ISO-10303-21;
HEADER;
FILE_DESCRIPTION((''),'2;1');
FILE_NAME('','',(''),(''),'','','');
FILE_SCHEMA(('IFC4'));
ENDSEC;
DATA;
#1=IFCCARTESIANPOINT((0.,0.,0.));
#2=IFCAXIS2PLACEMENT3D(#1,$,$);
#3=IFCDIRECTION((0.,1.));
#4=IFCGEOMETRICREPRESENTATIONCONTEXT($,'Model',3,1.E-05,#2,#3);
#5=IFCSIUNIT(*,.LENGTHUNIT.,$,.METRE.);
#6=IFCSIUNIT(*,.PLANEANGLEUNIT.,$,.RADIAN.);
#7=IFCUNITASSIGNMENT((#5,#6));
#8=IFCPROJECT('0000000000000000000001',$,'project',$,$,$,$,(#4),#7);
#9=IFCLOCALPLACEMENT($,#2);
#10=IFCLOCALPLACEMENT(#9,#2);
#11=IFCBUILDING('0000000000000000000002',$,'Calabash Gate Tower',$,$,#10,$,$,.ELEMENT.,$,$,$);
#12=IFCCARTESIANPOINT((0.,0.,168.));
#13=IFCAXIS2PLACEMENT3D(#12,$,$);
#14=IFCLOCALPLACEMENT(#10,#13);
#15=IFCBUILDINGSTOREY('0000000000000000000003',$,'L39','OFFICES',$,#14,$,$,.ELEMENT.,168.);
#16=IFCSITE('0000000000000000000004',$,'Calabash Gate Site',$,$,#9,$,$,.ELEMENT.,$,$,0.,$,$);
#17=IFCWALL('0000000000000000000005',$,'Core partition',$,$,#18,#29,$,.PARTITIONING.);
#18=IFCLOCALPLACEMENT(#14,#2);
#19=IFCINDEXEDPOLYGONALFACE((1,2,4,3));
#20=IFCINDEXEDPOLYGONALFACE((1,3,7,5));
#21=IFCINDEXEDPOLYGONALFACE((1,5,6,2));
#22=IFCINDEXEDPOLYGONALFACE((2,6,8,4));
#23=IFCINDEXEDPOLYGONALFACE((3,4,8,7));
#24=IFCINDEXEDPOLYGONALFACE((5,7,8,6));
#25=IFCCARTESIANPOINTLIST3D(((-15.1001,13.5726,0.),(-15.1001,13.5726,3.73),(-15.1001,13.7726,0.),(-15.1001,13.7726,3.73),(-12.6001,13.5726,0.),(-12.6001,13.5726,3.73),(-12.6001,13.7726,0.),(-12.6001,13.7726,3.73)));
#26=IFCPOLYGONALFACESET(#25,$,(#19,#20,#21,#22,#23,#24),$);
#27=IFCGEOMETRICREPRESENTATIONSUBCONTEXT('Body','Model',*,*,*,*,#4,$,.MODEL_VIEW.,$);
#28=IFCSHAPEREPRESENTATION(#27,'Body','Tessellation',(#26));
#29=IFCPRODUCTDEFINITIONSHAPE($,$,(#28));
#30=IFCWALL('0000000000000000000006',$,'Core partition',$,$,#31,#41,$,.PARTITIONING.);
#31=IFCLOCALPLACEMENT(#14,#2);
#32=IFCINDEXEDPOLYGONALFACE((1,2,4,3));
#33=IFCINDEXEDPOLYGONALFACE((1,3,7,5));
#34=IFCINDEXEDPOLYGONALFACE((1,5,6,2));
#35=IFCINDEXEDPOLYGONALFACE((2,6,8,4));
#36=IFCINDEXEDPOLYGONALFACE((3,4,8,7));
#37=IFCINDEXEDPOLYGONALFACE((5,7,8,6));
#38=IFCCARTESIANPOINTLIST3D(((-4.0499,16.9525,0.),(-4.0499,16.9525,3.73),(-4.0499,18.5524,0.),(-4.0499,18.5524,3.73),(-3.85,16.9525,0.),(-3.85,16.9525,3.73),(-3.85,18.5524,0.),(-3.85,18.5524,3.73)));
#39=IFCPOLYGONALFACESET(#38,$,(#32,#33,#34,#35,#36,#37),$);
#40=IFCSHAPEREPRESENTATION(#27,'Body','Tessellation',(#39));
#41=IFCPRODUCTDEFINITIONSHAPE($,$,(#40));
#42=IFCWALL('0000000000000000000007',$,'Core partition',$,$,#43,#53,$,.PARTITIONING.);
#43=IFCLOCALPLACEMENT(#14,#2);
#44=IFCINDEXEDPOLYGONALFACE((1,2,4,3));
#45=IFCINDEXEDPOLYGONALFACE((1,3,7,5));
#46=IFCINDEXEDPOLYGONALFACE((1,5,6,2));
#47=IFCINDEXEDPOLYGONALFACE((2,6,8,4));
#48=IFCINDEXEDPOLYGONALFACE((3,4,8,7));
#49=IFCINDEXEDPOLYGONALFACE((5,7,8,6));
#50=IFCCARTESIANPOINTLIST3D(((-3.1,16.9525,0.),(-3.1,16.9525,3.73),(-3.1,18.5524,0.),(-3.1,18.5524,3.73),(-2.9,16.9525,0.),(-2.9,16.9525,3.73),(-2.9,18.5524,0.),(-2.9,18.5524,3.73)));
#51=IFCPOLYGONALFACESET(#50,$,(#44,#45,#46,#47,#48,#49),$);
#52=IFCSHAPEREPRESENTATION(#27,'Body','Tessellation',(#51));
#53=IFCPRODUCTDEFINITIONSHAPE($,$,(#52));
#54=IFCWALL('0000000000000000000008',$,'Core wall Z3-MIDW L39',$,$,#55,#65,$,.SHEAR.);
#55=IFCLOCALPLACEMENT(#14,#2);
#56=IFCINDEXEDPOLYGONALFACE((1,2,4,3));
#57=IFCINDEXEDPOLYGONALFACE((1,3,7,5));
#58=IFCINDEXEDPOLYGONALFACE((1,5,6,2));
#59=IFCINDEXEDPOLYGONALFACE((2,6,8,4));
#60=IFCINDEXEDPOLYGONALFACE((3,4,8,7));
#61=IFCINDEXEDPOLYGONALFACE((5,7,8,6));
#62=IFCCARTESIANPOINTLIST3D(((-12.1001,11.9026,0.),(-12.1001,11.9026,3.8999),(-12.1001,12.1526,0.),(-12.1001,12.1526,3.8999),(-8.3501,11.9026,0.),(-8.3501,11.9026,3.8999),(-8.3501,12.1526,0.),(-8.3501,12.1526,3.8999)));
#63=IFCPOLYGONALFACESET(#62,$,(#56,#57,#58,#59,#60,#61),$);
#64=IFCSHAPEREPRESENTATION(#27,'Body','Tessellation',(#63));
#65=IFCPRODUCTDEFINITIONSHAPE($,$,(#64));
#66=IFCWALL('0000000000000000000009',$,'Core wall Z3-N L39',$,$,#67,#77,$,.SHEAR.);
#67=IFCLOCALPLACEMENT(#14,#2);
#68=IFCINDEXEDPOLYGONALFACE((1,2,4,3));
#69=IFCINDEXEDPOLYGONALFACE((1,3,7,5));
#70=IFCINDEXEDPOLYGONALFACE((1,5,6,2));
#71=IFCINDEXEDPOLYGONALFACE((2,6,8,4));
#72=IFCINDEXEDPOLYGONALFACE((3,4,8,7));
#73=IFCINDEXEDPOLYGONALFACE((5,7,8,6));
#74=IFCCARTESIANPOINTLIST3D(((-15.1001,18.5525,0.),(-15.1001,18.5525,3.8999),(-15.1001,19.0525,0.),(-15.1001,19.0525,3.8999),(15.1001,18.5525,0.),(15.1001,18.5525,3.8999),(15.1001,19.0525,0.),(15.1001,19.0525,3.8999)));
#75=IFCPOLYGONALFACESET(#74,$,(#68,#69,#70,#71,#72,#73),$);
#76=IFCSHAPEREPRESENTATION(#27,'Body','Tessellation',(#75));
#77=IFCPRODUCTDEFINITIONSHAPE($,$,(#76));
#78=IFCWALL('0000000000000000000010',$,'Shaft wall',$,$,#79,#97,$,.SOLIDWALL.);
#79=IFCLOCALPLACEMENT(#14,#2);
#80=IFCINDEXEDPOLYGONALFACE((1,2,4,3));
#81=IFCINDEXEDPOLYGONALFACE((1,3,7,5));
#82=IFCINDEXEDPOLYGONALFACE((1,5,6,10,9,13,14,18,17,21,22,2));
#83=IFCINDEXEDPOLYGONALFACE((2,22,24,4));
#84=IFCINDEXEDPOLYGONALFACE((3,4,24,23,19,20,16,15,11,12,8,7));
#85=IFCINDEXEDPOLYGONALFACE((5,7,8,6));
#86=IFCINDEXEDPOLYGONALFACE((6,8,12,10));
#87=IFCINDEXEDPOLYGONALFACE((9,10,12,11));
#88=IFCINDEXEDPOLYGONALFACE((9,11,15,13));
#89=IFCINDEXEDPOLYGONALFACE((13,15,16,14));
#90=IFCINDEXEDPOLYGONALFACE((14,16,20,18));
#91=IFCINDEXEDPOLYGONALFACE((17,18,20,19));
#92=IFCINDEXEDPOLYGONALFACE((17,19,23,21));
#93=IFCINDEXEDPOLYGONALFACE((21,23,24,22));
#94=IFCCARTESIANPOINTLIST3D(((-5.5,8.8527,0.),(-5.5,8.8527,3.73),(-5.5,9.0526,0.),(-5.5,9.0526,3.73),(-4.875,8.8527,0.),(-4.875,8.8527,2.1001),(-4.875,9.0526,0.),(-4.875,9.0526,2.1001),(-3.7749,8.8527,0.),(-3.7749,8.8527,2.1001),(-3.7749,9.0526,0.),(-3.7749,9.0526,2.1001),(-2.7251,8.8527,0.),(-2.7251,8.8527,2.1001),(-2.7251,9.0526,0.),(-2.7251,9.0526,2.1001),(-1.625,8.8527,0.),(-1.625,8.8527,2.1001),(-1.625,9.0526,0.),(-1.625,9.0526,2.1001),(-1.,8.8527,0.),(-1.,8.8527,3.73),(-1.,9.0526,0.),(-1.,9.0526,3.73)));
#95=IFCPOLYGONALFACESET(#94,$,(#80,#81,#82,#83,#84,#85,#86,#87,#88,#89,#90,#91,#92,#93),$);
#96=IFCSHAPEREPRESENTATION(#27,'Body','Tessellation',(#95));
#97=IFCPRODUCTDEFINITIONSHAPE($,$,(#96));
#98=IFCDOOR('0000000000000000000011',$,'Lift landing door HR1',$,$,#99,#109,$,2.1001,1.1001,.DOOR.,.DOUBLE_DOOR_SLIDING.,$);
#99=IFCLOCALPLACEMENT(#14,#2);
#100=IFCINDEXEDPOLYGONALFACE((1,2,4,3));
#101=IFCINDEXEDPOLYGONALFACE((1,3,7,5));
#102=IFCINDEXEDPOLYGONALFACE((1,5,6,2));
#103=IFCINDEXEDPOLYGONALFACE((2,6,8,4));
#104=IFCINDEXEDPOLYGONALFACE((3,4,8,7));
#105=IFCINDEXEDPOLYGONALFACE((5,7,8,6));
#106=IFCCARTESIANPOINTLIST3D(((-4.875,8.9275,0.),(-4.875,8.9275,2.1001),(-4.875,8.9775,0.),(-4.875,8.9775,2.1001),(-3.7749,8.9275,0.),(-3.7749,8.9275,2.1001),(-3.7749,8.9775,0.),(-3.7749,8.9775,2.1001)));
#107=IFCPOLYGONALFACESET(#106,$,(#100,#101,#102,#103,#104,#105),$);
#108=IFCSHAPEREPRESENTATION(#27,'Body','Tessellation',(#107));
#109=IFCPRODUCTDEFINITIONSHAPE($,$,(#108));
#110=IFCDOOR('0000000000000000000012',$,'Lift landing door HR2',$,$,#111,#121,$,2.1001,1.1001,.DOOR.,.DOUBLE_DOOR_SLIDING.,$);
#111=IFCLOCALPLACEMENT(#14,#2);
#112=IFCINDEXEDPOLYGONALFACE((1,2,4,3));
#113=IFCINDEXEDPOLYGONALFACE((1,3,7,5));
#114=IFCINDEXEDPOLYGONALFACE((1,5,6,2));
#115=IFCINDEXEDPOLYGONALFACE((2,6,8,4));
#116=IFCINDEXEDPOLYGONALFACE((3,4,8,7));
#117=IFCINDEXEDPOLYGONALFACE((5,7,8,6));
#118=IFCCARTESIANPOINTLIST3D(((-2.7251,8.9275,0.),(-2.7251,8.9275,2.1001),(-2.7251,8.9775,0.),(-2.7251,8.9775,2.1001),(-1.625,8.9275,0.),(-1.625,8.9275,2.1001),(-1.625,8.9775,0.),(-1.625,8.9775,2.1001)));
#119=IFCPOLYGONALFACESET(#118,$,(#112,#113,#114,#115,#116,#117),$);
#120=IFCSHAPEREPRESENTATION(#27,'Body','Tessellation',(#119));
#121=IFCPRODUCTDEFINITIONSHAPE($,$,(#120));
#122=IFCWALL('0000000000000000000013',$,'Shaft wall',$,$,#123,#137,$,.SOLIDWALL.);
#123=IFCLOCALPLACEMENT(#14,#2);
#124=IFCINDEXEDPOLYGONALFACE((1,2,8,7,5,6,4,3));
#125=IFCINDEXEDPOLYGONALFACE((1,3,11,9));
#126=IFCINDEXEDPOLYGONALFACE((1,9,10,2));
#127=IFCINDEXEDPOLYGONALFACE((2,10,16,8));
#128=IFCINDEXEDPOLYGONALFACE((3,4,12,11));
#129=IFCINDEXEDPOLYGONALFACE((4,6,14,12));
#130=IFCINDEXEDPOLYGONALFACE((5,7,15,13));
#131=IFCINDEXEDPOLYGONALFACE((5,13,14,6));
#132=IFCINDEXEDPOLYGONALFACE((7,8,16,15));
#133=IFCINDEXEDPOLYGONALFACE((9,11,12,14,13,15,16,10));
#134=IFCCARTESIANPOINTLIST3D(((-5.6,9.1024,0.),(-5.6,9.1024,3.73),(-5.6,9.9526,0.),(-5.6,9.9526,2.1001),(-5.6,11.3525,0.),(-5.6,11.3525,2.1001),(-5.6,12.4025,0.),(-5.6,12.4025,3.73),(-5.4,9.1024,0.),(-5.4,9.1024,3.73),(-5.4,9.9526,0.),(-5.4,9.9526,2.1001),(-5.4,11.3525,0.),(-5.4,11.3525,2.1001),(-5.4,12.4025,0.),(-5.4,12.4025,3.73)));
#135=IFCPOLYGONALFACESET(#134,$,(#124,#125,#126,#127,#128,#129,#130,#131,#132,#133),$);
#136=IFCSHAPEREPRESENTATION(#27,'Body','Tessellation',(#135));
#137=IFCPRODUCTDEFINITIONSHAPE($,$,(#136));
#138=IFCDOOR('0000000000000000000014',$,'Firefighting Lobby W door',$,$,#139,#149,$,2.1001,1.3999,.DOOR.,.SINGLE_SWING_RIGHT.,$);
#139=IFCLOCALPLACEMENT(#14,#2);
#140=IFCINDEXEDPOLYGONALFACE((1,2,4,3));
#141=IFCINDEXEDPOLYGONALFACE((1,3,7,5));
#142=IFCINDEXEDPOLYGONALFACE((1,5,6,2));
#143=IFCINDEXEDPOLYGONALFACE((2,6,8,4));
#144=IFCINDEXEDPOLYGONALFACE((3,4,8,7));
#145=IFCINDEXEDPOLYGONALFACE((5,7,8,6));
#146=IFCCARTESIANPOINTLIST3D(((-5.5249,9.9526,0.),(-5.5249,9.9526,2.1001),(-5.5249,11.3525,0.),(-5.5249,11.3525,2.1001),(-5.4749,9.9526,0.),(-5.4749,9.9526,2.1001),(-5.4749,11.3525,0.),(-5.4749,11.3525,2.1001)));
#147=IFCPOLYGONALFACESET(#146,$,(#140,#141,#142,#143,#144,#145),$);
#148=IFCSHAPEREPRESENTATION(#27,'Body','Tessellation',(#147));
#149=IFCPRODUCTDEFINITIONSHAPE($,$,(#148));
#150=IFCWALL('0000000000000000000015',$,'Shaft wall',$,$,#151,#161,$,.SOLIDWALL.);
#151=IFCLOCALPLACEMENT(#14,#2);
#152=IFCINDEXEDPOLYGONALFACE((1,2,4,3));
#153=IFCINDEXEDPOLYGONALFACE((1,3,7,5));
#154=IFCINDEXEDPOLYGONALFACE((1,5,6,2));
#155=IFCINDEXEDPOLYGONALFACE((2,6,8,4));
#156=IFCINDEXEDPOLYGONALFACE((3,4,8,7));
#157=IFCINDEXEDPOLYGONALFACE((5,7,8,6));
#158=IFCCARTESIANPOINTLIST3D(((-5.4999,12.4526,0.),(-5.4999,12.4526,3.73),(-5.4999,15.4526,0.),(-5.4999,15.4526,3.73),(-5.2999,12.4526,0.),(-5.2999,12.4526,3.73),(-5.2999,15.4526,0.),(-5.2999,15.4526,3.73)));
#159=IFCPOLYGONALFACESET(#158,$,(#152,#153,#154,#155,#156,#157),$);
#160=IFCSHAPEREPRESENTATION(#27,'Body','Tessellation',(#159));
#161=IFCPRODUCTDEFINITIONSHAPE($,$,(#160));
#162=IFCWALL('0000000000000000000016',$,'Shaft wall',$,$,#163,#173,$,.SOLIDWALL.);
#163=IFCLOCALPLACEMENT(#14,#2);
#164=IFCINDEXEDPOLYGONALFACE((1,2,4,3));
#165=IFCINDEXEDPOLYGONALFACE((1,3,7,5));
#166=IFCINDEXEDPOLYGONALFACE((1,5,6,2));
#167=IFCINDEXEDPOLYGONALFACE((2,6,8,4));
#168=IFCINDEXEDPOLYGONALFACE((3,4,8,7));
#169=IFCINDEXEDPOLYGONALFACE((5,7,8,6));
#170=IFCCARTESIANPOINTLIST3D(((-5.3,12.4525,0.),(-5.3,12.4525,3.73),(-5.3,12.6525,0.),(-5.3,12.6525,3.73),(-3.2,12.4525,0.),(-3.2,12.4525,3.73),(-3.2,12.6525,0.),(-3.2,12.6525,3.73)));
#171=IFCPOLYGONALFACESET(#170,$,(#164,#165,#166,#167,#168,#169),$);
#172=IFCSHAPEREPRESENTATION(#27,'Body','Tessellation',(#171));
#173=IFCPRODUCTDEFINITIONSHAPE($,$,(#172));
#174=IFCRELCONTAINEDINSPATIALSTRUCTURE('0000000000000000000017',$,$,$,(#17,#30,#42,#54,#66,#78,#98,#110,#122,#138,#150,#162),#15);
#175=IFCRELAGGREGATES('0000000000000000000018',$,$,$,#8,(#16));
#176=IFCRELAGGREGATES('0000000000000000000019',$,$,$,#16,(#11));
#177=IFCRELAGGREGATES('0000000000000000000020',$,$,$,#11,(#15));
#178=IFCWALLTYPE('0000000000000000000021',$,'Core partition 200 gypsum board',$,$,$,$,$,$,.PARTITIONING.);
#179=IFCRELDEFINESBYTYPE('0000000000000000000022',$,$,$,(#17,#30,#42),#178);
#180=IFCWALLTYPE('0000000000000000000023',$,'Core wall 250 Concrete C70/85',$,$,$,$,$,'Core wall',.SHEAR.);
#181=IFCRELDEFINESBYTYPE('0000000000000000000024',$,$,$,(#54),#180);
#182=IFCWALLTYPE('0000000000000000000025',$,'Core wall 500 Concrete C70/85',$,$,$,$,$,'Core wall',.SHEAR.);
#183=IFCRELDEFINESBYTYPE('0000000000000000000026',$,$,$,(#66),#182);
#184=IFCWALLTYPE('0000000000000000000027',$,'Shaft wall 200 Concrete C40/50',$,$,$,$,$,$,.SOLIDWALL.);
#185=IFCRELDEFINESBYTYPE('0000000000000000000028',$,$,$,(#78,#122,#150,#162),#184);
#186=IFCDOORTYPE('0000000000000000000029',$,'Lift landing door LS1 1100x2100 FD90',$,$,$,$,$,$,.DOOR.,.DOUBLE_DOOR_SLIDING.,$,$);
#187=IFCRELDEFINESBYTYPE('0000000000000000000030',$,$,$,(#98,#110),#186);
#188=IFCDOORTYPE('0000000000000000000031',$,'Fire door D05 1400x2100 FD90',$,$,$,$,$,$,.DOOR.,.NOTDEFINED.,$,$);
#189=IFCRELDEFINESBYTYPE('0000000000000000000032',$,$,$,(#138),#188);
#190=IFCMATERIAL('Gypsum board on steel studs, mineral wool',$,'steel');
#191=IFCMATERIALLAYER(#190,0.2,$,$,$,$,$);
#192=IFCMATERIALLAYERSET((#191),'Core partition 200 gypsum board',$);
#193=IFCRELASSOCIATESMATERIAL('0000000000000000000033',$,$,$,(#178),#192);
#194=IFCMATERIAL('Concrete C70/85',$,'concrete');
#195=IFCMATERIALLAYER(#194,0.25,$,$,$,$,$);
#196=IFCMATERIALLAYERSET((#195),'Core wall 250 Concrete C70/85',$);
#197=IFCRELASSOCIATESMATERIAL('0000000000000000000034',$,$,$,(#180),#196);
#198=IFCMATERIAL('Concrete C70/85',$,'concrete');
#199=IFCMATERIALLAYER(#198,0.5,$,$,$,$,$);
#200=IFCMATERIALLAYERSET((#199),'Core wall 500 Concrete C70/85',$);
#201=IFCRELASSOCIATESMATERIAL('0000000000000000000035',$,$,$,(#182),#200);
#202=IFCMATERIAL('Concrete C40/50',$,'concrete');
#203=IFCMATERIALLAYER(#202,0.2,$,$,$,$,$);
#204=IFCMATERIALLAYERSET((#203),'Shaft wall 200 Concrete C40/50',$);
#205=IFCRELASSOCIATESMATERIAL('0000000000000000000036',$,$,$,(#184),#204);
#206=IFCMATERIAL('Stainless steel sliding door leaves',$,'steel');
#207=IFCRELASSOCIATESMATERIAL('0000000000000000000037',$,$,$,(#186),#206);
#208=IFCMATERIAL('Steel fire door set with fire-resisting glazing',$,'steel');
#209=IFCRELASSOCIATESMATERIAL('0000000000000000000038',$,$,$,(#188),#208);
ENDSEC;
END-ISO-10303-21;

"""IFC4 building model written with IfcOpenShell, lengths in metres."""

from ifc_helpers import new_model, si_unit, direction, frame, frame_2d, origin, place, context, subcontext, project, spatial, rectangle, extrude, material, layer, layer_set, type_object, element, fill, save


model = new_model("IFC4")

# Units and contexts
model_context = context("Model", 3, precision=1e-05, world=origin(), true_north=direction((0.0, 1.0)))
body_context = subcontext(model_context, "Body", "Model", "MODEL_VIEW")
ifc_project = project(units=[si_unit("LENGTHUNIT", "METRE"), si_unit("PLANEANGLEUNIT", "RADIAN")], contexts=[model_context])

# Site, building, storey
site_placement = place(None, origin())
site = spatial("IfcSite", under=ifc_project, at=site_placement, Name="Calabash Gate Site", CompositionType="ELEMENT", RefElevation=0.0)
building_placement = place(site_placement, origin())
building = spatial("IfcBuilding", under=site, at=building_placement, Name="Calabash Gate Tower", CompositionType="ELEMENT")
storey_placement = place(building_placement, frame((0.0, 0.0, 168.0)))
storey = spatial("IfcBuildingStorey", under=building, at=storey_placement, Name="L39", Description="OFFICES", CompositionType="ELEMENT", Elevation=168.0)

# Walls
ifc_material_1 = material(Name="Gypsum board on steel studs, mineral wool", Category="steel")
ifc_layer_1 = layer(ifc_material_1, 0.2)
ifc_layer_set_1 = layer_set([ifc_layer_1], Name="Core partition 200 gypsum board")
wall_type_1 = type_object("IfcWallType", Name="Core partition 200 gypsum board", PredefinedType="PARTITIONING", material=ifc_layer_set_1)
wall_1_placement = place(storey_placement, frame((-15.1001, 13.6726, 0.0), z_axis=(0.0, 0.0, 1.0), x_axis=(1.0, 0.0, 0.0)))
element("IfcWall", 1, at=wall_1_placement, inside=storey, type_object=wall_type_1, Name="Core partition", PredefinedType="PARTITIONING", context=body_context, shape_type="SweptSolid", body=[
    extrude(rectangle(XDim=2.5, YDim=0.2, at=frame_2d((1.25, 0.0))), origin(), (0.0, 0.0, 1.0), 3.73),
])
for number, where, z_axis, x_axis, name in (
    (2, (-3.95, 16.9526, 0.0), (0.0, 0.0, 1.0), (0.0, 1.0, 0.0), "Core partition"),
    (3, (-3.0, 16.9526, 0.0), (0.0, 0.0, 1.0), (0.0, 1.0, 0.0), "Core partition"),
):
    element("IfcWall", number, at=place(storey_placement, frame(where, z_axis=z_axis, x_axis=x_axis)), inside=storey, type_object=wall_type_1, Name=name, PredefinedType="PARTITIONING", context=body_context, shape_type="SweptSolid", body=[
        extrude(rectangle(XDim=1.5999, YDim=0.2, at=frame_2d((0.7998, 0.0))), origin(), (0.0, 0.0, 1.0), 3.73),
    ])
ifc_material_2 = material(Name="Concrete C70/85", Category="concrete")
ifc_layer_2 = layer(ifc_material_2, 0.25)
ifc_layer_set_2 = layer_set([ifc_layer_2], Name="Core wall 250 Concrete C70/85")
wall_type_2 = type_object("IfcWallType", Name="Core wall 250 Concrete C70/85", ElementType="Core wall", PredefinedType="SHEAR", material=ifc_layer_set_2)
wall_2_placement = place(storey_placement, frame((-12.1001, 12.0276, 0.0), z_axis=(0.0, 0.0, 1.0), x_axis=(1.0, 0.0, 0.0)))
element("IfcWall", 4, at=wall_2_placement, inside=storey, type_object=wall_type_2, Name="Core wall Z3-MIDW L39", PredefinedType="SHEAR", context=body_context, shape_type="SweptSolid", body=[
    extrude(rectangle(XDim=3.75, YDim=0.25, at=frame_2d((1.875, 0.0))), origin(), (0.0, 0.0, 1.0), 3.8999),
])
ifc_material_3 = material(Name="Concrete C70/85", Category="concrete")
ifc_layer_3 = layer(ifc_material_3, 0.5)
ifc_layer_set_3 = layer_set([ifc_layer_3], Name="Core wall 500 Concrete C70/85")
wall_type_3 = type_object("IfcWallType", Name="Core wall 500 Concrete C70/85", ElementType="Core wall", PredefinedType="SHEAR", material=ifc_layer_set_3)
wall_3_placement = place(storey_placement, frame((-15.1001, 18.8025, 0.0), z_axis=(0.0, 0.0, 1.0), x_axis=(1.0, 0.0, 0.0)))
element("IfcWall", 5, at=wall_3_placement, inside=storey, type_object=wall_type_3, Name="Core wall Z3-N L39", PredefinedType="SHEAR", context=body_context, shape_type="SweptSolid", body=[
    extrude(rectangle(XDim=30.2002, YDim=0.5, at=frame_2d((15.1001, 0.0))), origin(), (0.0, 0.0, 1.0), 3.8999),
])

# Wall, openings, doors
ifc_material_4 = material(Name="Concrete C40/50", Category="concrete")
ifc_layer_4 = layer(ifc_material_4, 0.2)
ifc_layer_set_4 = layer_set([ifc_layer_4], Name="Shaft wall 200 Concrete C40/50")
wall_type_4 = type_object("IfcWallType", Name="Shaft wall 200 Concrete C40/50", PredefinedType="SOLIDWALL", material=ifc_layer_set_4)
wall_4_placement = place(storey_placement, frame((-5.5, 8.9526, 0.0), z_axis=(0.0, 0.0, 1.0), x_axis=(1.0, 0.0, 0.0)))
wall_4 = element("IfcWall", 6, at=wall_4_placement, inside=storey, type_object=wall_type_4, Name="Shaft wall", PredefinedType="SOLIDWALL", context=body_context, shape_type="SweptSolid", body=[
    extrude(rectangle(XDim=4.5, YDim=0.2, at=frame_2d((2.25, 0.0))), origin(), (0.0, 0.0, 1.0), 3.73),
])
opening_1_placement = place(wall_4_placement, frame((0.625, 0.0, 0.0)))
opening_1 = element("IfcOpeningElement", 7, at=opening_1_placement, cuts=wall_4, PredefinedType="OPENING", context=body_context, shape_type="SweptSolid", body=[
    extrude(rectangle(XDim=1.1001, YDim=2.1001, at=frame_2d((0.55, 1.05))), frame((0.0, 0.1099, 0.0), z_axis=(0.0, -1.0, 0.0), x_axis=(1.0, 0.0, 0.0)), (0.0, 0.0, 1.0), 0.22),
])
opening_2_placement = place(wall_4_placement, frame((2.7749, 0.0, 0.0)))
opening_2 = element("IfcOpeningElement", 8, at=opening_2_placement, cuts=wall_4, PredefinedType="OPENING", context=body_context, shape_type="SweptSolid", body=[
    extrude(rectangle(XDim=1.1001, YDim=2.1001, at=frame_2d((0.55, 1.05))), frame((0.0, 0.1099, 0.0), z_axis=(0.0, -1.0, 0.0), x_axis=(1.0, 0.0, 0.0)), (0.0, 0.0, 1.0), 0.22),
])
ifc_material_5 = material(Name="Stainless steel sliding door leaves", Category="steel")
door_type_1 = type_object("IfcDoorType", Name="Lift landing door LS1 1100x2100 FD90", OperationType="DOUBLE_DOOR_SLIDING", PredefinedType="DOOR", material=ifc_material_5)
door_1_placement = place(opening_1_placement, origin())
door_1 = element("IfcDoor", 9, at=door_1_placement, inside=storey, type_object=door_type_1, Name="Lift landing door HR1", OperationType="DOUBLE_DOOR_SLIDING", OverallHeight=2.1001, OverallWidth=1.1001, PredefinedType="DOOR", context=body_context, shape_type="SweptSolid", body=[
    extrude(rectangle(XDim=1.1001, YDim=2.1001, at=frame_2d((0.55, 1.05))), frame((0.0, 0.0249, 0.0), z_axis=(0.0, -1.0, 0.0), x_axis=(1.0, 0.0, 0.0)), (0.0, 0.0, 1.0), 0.05),
])
fill(opening_1, door_1)
door_2_placement = place(opening_2_placement, origin())
door_2 = element("IfcDoor", 10, at=door_2_placement, inside=storey, type_object=door_type_1, Name="Lift landing door HR2", OperationType="DOUBLE_DOOR_SLIDING", OverallHeight=2.1001, OverallWidth=1.1001, PredefinedType="DOOR", context=body_context, shape_type="SweptSolid", body=[
    extrude(rectangle(XDim=1.1001, YDim=2.1001, at=frame_2d((0.55, 1.05))), frame((0.0, 0.0249, 0.0), z_axis=(0.0, -1.0, 0.0), x_axis=(1.0, 0.0, 0.0)), (0.0, 0.0, 1.0), 0.05),
])
fill(opening_2, door_2)

# Wall, opening, door
wall_5_placement = place(storey_placement, frame((-5.5, 9.1025, 0.0), z_axis=(0.0, 0.0, 1.0), x_axis=(0.0, 1.0, 0.0)))
wall_5 = element("IfcWall", 11, at=wall_5_placement, inside=storey, type_object=wall_type_4, Name="Shaft wall", PredefinedType="SOLIDWALL", context=body_context, shape_type="SweptSolid", body=[
    extrude(rectangle(XDim=3.3, YDim=0.2, at=frame_2d((1.6499, 0.0))), origin(), (0.0, 0.0, 1.0), 3.73),
])
opening_3_placement = place(wall_5_placement, frame((0.8501, 0.0, 0.0)))
opening_3 = element("IfcOpeningElement", 12, at=opening_3_placement, cuts=wall_5, PredefinedType="OPENING", context=body_context, shape_type="SweptSolid", body=[
    extrude(rectangle(XDim=1.3999, YDim=2.1001, at=frame_2d((0.7, 1.05))), frame((0.0, 0.1099, 0.0), z_axis=(0.0, -1.0, 0.0), x_axis=(1.0, 0.0, 0.0)), (0.0, 0.0, 1.0), 0.22),
])
ifc_material_6 = material(Name="Steel fire door set with fire-resisting glazing", Category="steel")
door_type_2 = type_object("IfcDoorType", Name="Fire door D05 1400x2100 FD90", OperationType="NOTDEFINED", PredefinedType="DOOR", material=ifc_material_6)
door_3_placement = place(opening_3_placement, origin())
door_3 = element("IfcDoor", 13, at=door_3_placement, inside=storey, type_object=door_type_2, Name="Firefighting Lobby W door", OperationType="SINGLE_SWING_RIGHT", OverallHeight=2.1001, OverallWidth=1.3999, PredefinedType="DOOR", context=body_context, shape_type="SweptSolid", body=[
    extrude(rectangle(XDim=1.3999, YDim=2.1001, at=frame_2d((0.7, 1.05))), frame((0.0, 0.0249, 0.0), z_axis=(0.0, -1.0, 0.0), x_axis=(1.0, 0.0, 0.0)), (0.0, 0.0, 1.0), 0.05),
])
fill(opening_3, door_3)

# Walls
wall_6_placement = place(storey_placement, frame((-5.3999, 12.4526, 0.0), z_axis=(0.0, 0.0, 1.0), x_axis=(0.0, 1.0, 0.0)))
element("IfcWall", 14, at=wall_6_placement, inside=storey, type_object=wall_type_4, Name="Shaft wall", PredefinedType="SOLIDWALL", context=body_context, shape_type="SweptSolid", body=[
    extrude(rectangle(XDim=3.0, YDim=0.2, at=frame_2d((1.5, 0.0))), origin(), (0.0, 0.0, 1.0), 3.73),
])
wall_7_placement = place(storey_placement, frame((-5.3, 12.5525, 0.0), z_axis=(0.0, 0.0, 1.0), x_axis=(1.0, 0.0, 0.0)))
element("IfcWall", 15, at=wall_7_placement, inside=storey, type_object=wall_type_4, Name="Shaft wall", PredefinedType="SOLIDWALL", context=body_context, shape_type="SweptSolid", body=[
    extrude(rectangle(XDim=2.1001, YDim=0.2, at=frame_2d((1.05, 0.0))), origin(), (0.0, 0.0, 1.0), 3.73),
])

save(model, "model.ifc")
